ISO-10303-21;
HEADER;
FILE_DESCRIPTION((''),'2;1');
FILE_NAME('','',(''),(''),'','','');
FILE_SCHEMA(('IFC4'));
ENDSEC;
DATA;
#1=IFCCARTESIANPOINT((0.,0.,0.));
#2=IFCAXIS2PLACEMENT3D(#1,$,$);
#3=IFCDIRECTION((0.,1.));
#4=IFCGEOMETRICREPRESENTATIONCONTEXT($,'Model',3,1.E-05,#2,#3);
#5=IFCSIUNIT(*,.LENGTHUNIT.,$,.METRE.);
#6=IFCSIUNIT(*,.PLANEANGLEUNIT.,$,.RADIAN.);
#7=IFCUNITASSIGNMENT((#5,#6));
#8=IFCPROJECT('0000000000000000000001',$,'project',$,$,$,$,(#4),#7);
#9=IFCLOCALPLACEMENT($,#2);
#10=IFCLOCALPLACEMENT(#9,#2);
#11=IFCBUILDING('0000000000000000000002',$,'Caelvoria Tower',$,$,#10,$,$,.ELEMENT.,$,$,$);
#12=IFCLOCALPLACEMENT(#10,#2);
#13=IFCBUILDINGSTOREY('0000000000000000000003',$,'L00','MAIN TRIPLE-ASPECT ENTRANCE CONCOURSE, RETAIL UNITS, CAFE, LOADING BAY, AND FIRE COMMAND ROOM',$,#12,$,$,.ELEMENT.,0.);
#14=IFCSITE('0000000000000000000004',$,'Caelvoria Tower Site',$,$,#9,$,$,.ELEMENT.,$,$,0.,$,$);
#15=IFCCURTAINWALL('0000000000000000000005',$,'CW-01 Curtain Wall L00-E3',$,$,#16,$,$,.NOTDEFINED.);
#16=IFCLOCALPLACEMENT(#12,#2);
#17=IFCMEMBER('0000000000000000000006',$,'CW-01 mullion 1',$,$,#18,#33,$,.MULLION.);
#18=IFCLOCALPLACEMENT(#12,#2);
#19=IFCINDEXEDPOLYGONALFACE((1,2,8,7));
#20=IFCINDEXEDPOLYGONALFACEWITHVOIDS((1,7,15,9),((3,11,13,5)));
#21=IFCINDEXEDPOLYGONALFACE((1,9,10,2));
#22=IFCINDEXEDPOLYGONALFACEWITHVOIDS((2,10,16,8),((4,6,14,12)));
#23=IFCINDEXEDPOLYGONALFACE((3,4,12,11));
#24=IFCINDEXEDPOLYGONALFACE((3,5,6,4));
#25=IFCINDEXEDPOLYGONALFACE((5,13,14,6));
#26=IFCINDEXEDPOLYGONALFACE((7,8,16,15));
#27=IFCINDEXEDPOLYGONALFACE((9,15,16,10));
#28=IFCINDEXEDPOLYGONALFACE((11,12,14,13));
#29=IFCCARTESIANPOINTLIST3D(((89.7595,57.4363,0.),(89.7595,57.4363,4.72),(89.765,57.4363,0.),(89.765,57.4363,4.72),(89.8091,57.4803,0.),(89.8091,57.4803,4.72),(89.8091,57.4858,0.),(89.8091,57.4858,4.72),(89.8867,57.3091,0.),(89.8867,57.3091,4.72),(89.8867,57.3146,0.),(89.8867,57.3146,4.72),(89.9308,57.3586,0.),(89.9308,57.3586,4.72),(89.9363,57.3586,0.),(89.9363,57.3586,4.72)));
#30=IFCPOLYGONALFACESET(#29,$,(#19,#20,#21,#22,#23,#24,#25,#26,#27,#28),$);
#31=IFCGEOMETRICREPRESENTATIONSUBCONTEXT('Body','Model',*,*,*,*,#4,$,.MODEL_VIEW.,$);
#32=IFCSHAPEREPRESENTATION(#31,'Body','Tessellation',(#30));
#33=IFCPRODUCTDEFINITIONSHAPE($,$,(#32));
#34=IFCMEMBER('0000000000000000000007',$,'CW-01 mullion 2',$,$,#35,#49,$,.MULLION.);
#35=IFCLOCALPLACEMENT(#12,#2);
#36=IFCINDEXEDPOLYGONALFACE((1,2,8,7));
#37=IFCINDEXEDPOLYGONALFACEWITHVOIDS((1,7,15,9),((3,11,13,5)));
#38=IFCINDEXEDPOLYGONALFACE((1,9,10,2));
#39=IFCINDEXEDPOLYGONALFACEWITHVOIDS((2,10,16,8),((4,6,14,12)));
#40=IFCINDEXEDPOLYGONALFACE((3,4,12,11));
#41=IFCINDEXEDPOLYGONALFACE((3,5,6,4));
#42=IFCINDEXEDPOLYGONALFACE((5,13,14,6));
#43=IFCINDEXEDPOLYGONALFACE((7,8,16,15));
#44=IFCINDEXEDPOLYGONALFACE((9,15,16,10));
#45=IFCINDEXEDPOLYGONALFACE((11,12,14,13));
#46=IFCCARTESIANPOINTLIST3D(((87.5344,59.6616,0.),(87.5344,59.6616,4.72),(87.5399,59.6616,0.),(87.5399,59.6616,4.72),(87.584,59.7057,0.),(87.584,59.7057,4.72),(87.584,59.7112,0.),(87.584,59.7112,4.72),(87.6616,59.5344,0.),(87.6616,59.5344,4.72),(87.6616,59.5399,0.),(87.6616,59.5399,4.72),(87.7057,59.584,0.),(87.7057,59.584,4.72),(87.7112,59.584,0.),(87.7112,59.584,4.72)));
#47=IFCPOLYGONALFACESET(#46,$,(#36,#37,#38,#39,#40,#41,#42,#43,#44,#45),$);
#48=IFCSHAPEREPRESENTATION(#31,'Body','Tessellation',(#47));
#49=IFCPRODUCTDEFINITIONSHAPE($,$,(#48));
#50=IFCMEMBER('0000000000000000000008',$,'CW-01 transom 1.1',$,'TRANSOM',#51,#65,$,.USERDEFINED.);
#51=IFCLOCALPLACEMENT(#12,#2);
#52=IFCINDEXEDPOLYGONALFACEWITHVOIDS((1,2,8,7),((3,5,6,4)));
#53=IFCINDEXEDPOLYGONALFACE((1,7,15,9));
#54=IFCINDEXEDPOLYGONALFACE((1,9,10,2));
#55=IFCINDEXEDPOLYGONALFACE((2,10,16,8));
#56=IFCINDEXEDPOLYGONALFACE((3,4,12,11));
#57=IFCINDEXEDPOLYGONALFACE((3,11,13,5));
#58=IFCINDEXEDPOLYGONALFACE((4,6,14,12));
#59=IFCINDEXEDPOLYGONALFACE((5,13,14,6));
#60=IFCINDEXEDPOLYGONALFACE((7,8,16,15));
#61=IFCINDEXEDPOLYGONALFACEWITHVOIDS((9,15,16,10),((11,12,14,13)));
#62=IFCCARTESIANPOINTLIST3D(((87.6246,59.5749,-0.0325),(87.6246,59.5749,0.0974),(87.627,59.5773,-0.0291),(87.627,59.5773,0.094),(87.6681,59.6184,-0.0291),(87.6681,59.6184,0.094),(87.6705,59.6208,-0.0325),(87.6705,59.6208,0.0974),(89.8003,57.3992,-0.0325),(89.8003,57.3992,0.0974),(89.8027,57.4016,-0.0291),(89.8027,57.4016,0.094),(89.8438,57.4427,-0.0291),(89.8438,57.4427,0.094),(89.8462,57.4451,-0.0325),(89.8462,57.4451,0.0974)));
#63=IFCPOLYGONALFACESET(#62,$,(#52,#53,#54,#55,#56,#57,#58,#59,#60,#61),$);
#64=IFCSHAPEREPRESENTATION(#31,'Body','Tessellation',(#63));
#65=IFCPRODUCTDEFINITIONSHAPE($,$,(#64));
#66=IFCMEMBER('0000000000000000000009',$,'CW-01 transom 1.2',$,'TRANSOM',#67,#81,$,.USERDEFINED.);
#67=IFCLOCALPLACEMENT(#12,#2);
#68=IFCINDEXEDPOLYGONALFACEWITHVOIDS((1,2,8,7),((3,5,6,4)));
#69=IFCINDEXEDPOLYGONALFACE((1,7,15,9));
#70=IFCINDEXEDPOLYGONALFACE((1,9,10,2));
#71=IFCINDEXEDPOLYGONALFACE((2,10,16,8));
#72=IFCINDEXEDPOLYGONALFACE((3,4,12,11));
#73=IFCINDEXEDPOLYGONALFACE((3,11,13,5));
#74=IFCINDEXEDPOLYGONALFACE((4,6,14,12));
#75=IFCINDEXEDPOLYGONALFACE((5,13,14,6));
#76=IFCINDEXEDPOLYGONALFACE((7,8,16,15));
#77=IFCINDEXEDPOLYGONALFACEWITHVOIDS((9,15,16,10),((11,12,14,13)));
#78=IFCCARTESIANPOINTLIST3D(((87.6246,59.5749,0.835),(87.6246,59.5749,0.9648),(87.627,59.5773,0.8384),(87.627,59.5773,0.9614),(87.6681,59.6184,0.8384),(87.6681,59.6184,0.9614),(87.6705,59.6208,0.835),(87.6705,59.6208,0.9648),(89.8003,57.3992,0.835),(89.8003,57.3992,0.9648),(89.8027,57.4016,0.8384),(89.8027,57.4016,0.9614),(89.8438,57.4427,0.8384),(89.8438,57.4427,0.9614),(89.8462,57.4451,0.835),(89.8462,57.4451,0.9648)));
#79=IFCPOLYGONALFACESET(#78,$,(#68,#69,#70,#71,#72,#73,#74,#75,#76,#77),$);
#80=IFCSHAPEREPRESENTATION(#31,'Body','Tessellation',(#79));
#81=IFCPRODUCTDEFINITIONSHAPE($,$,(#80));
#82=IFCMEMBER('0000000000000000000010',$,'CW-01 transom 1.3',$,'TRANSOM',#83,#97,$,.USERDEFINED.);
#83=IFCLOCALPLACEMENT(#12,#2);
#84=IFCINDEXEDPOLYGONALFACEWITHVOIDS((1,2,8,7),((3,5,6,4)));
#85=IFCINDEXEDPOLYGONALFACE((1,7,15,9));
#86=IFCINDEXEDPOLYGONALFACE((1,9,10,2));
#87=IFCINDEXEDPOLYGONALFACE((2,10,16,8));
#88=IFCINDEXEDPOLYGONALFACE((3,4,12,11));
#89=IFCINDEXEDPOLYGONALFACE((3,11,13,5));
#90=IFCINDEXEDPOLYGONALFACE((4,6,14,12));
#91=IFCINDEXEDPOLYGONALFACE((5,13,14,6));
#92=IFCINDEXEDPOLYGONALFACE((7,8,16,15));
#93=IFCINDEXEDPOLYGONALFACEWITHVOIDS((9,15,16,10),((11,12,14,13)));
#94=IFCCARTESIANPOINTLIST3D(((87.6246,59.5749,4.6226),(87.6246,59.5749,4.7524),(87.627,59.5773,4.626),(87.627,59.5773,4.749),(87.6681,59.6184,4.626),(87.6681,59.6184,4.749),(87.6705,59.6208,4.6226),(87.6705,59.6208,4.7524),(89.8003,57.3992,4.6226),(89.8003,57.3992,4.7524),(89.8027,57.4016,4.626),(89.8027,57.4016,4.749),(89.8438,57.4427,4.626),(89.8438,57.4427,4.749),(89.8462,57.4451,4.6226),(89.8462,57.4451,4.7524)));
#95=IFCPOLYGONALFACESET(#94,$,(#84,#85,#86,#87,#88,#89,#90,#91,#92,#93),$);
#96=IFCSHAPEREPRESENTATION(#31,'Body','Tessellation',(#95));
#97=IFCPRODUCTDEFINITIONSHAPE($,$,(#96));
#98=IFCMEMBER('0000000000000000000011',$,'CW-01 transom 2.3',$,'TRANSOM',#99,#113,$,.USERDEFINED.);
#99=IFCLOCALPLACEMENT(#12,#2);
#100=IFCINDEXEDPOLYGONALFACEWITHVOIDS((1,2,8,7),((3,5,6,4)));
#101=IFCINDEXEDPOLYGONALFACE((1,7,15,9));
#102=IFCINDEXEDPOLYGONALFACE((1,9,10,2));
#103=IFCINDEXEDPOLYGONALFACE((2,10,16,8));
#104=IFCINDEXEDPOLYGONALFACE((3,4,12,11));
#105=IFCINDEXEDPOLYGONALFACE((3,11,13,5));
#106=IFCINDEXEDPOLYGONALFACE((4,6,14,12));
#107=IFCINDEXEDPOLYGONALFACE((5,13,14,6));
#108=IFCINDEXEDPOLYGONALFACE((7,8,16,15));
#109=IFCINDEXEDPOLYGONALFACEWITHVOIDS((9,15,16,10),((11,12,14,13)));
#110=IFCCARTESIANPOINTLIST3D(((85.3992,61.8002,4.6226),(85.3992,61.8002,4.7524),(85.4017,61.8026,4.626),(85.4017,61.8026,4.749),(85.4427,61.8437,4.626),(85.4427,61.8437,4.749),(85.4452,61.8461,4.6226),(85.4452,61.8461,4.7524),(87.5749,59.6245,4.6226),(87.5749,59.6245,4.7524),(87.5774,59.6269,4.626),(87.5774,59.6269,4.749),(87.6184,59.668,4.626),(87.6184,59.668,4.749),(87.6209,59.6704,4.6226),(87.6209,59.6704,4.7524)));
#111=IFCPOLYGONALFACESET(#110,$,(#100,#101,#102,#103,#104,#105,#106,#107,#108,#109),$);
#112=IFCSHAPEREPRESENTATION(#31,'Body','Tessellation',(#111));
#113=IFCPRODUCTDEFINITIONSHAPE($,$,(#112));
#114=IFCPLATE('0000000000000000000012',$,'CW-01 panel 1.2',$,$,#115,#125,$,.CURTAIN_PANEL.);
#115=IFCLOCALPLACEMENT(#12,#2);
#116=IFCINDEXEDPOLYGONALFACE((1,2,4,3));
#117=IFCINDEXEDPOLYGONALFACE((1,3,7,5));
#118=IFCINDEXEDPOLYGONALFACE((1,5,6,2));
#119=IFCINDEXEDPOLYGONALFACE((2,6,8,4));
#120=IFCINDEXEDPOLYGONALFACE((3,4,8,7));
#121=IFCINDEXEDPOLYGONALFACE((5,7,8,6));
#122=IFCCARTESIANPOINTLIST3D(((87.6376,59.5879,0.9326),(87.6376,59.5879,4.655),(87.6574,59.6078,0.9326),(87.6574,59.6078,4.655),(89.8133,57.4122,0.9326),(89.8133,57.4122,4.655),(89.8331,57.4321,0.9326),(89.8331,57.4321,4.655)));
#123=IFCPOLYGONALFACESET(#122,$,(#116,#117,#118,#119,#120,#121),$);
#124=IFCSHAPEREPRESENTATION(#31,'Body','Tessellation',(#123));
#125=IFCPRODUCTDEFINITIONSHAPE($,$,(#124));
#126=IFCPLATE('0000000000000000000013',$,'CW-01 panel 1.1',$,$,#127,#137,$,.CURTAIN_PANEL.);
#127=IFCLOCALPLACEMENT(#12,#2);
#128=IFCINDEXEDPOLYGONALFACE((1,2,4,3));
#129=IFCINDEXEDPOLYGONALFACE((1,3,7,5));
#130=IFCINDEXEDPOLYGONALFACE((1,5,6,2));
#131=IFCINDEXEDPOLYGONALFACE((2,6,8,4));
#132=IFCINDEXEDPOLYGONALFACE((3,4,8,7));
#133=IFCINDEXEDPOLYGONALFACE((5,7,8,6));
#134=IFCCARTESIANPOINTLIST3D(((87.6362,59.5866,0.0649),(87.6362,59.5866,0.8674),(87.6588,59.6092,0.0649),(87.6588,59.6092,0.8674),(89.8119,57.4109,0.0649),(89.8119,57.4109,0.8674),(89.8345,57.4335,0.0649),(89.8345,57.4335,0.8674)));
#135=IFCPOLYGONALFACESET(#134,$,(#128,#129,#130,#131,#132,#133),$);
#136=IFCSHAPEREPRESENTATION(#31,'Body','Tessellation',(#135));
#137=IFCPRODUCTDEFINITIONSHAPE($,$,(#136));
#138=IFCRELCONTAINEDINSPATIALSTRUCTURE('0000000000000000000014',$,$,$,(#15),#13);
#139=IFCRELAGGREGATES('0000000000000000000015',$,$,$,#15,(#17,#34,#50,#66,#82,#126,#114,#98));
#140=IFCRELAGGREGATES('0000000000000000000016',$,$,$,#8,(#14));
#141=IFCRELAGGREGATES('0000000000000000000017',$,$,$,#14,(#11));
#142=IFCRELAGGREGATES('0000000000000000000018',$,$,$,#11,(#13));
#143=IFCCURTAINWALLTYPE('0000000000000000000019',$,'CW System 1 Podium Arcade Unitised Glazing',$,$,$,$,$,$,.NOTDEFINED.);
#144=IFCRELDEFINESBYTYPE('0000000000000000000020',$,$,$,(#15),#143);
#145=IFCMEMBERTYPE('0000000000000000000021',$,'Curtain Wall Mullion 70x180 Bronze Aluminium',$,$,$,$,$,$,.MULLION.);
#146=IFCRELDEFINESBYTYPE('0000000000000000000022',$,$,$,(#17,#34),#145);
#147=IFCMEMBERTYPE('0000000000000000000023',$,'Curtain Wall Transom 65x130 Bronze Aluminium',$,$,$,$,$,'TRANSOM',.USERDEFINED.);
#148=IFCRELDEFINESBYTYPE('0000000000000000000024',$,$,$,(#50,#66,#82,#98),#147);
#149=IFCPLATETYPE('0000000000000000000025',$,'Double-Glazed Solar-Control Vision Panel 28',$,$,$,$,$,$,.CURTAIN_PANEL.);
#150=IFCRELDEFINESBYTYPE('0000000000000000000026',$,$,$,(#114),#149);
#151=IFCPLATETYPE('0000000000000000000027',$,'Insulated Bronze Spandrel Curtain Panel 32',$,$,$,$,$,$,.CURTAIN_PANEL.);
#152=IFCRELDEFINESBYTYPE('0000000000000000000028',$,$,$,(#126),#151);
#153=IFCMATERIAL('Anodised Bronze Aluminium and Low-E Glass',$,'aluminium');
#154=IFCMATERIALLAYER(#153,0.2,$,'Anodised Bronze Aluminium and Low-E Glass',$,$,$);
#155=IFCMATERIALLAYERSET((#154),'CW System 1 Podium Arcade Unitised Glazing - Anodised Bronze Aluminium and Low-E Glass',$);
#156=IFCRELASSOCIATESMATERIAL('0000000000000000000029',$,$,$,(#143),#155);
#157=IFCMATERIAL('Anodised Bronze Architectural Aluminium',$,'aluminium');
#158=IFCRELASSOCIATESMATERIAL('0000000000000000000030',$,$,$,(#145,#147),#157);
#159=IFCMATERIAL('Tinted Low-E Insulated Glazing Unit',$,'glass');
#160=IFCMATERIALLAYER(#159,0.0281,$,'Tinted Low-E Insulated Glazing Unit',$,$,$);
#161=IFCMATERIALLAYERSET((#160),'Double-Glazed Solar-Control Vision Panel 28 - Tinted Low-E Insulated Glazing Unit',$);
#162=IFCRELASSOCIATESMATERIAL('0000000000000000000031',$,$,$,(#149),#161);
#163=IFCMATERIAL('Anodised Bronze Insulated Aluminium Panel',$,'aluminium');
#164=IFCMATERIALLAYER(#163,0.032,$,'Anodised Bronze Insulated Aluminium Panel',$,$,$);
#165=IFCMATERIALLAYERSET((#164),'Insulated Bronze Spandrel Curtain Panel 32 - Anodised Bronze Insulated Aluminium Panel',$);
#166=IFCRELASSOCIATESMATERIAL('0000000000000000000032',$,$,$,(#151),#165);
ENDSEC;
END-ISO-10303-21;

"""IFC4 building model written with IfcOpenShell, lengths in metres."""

from ifc_helpers import new_model, si_unit, direction, frame, origin, origin_2d, place, context, subcontext, project, spatial, rectangle, hollow_rectangle, extrude, material, layer, layer_set, material_profile, profile_set, type_object, element, aggregate, save


model = new_model("IFC4")

# Units and contexts
model_context = context("Model", 3, precision=1e-05, world=origin(), true_north=direction((0.0, 1.0)))
body_context = subcontext(model_context, "Body", "Model", "MODEL_VIEW")
ifc_project = project(units=[si_unit("LENGTHUNIT", "METRE"), si_unit("PLANEANGLEUNIT", "RADIAN")], contexts=[model_context])

# Site, building, storey
site_placement = place(None, origin())
site = spatial("IfcSite", under=ifc_project, at=site_placement, Name="Caelvoria Tower Site", CompositionType="ELEMENT", RefElevation=0.0)
building_placement = place(site_placement, origin())
building = spatial("IfcBuilding", under=site, at=building_placement, Name="Caelvoria Tower", CompositionType="ELEMENT")
storey_placement = place(building_placement, origin())
storey = spatial("IfcBuildingStorey", under=building, at=storey_placement, Name="L00", Description="MAIN TRIPLE-ASPECT ENTRANCE CONCOURSE, RETAIL UNITS, CAFE, LOADING BAY, AND FIRE COMMAND ROOM", CompositionType="ELEMENT", Elevation=0.0)

# Curtain wall, members, plates
ifc_material_1 = material(Name="Anodised Bronze Aluminium and Low-E Glass", Category="aluminium")
ifc_layer_1 = layer(ifc_material_1, 0.2, Name="Anodised Bronze Aluminium and Low-E Glass")
ifc_layer_set_1 = layer_set([ifc_layer_1], Name="CW System 1 Podium Arcade Unitised Glazing - Anodised Bronze Aluminium and Low-E Glass")
curtain_wall_type = type_object("IfcCurtainWallType", Name="CW System 1 Podium Arcade Unitised Glazing", PredefinedType="NOTDEFINED", material=ifc_layer_set_1)
curtain_wall_placement = place(storey_placement, origin())
curtain_wall = element("IfcCurtainWall", 1, at=curtain_wall_placement, inside=storey, type_object=curtain_wall_type, Name="CW-01 Curtain Wall L00-E3", PredefinedType="NOTDEFINED")
ifc_material_2 = material(Name="Anodised Bronze Architectural Aluminium", Category="aluminium")
ifc_material_profile_1 = material_profile(ifc_material_2, hollow_rectangle(XDim=0.0701, YDim=0.1799, WallThickness=0.0039, at=origin_2d()), Name="Anodised Bronze Architectural Aluminium")
ifc_profile_set_1 = profile_set([ifc_material_profile_1], Name="CW_MULL_70X180 - Anodised Bronze Architectural Aluminium")
member_type_1 = type_object("IfcMemberType", Name="Curtain Wall Mullion 70x180 Bronze Aluminium", PredefinedType="MULLION", material=ifc_profile_set_1)
member_1_placement = place(storey_placement, frame((89.8479, 57.3975, 0.0), z_axis=(0.0, 0.0, 1.0), x_axis=(-0.707107, -0.707107, 0.0)))
member_1 = element("IfcMember", 2, at=member_1_placement, type_object=member_type_1, Name="CW-01 mullion 1", PredefinedType="MULLION", context=body_context, shape_type="SweptSolid", body=[
    extrude(hollow_rectangle(XDim=0.0701, YDim=0.1799, WallThickness=0.0039, at=origin_2d()), origin(), (0.0, 0.0, 1.0), 4.72),
])
member_2_placement = place(storey_placement, frame((87.6228, 59.6228, 0.0), z_axis=(0.0, 0.0, 1.0), x_axis=(-0.707107, -0.707107, 0.0)))
member_2 = element("IfcMember", 3, at=member_2_placement, type_object=member_type_1, Name="CW-01 mullion 2", PredefinedType="MULLION", context=body_context, shape_type="SweptSolid", body=[
    extrude(hollow_rectangle(XDim=0.0701, YDim=0.1799, WallThickness=0.0039, at=origin_2d()), origin(), (0.0, 0.0, 1.0), 4.72),
])
ifc_material_profile_2 = material_profile(ifc_material_2, hollow_rectangle(XDim=0.0649, YDim=0.1299, WallThickness=0.0034, at=origin_2d()), Name="Anodised Bronze Architectural Aluminium")
ifc_profile_set_2 = profile_set([ifc_material_profile_2], Name="CW_TRAN_65X130 - Anodised Bronze Architectural Aluminium")
member_type_2 = type_object("IfcMemberType", Name="Curtain Wall Transom 65x130 Bronze Aluminium", ElementType="TRANSOM", PredefinedType="USERDEFINED", material=ifc_profile_set_2)
member_3_placement = place(storey_placement, frame((89.8232, 57.4221, 0.0325), z_axis=(-0.707107, 0.707107, 0.0), x_axis=(-0.707107, -0.707107, 0.0)))
member_3 = element("IfcMember", 4, at=member_3_placement, type_object=member_type_2, Name="CW-01 transom 1.1", ObjectType="TRANSOM", PredefinedType="USERDEFINED", context=body_context, shape_type="SweptSolid", body=[
    extrude(hollow_rectangle(XDim=0.0649, YDim=0.1299, WallThickness=0.0034, at=origin_2d()), origin(), (0.0, 0.0, 1.0), 3.0769),
])
member_4_placement = place(storey_placement, frame((89.8232, 57.4221, 0.8999), z_axis=(-0.707107, 0.707107, 0.0), x_axis=(-0.707107, -0.707107, 0.0)))
member_4 = element("IfcMember", 5, at=member_4_placement, type_object=member_type_2, Name="CW-01 transom 1.2", ObjectType="TRANSOM", PredefinedType="USERDEFINED", context=body_context, shape_type="SweptSolid", body=[
    extrude(hollow_rectangle(XDim=0.0649, YDim=0.1299, WallThickness=0.0034, at=origin_2d()), origin(), (0.0, 0.0, 1.0), 3.0769),
])
member_5_placement = place(storey_placement, frame((89.8232, 57.4221, 4.6875), z_axis=(-0.707107, 0.707107, 0.0), x_axis=(-0.707107, -0.707107, 0.0)))
member_5 = element("IfcMember", 6, at=member_5_placement, type_object=member_type_2, Name="CW-01 transom 1.3", ObjectType="TRANSOM", PredefinedType="USERDEFINED", context=body_context, shape_type="SweptSolid", body=[
    extrude(hollow_rectangle(XDim=0.0649, YDim=0.1299, WallThickness=0.0034, at=origin_2d()), origin(), (0.0, 0.0, 1.0), 3.0769),
])
member_6_placement = place(storey_placement, frame((87.5979, 59.6475, 4.6875), z_axis=(-0.707107, 0.707107, 0.0), x_axis=(-0.707107, -0.707107, 0.0)))
member_6 = element("IfcMember", 7, at=member_6_placement, type_object=member_type_2, Name="CW-01 transom 2.3", ObjectType="TRANSOM", PredefinedType="USERDEFINED", context=body_context, shape_type="SweptSolid", body=[
    extrude(hollow_rectangle(XDim=0.0649, YDim=0.1299, WallThickness=0.0034, at=origin_2d()), origin(), (0.0, 0.0, 1.0), 3.0769),
])
ifc_material_3 = material(Name="Tinted Low-E Insulated Glazing Unit", Category="glass")
ifc_layer_2 = layer(ifc_material_3, 0.0281, Name="Tinted Low-E Insulated Glazing Unit")
ifc_layer_set_2 = layer_set([ifc_layer_2], Name="Double-Glazed Solar-Control Vision Panel 28 - Tinted Low-E Insulated Glazing Unit")
plate_type_1 = type_object("IfcPlateType", Name="Double-Glazed Solar-Control Vision Panel 28", PredefinedType="CURTAIN_PANEL", material=ifc_layer_set_2)
plate_1_placement = place(storey_placement, frame((88.7354, 58.51, 0.9326), z_axis=(0.0, 0.0, 1.0), x_axis=(-0.707107, 0.707107, 0.0)))
plate_1 = element("IfcPlate", 8, at=plate_1_placement, type_object=plate_type_1, Name="CW-01 panel 1.2", PredefinedType="CURTAIN_PANEL", context=body_context, shape_type="SweptSolid", body=[
    extrude(rectangle(XDim=3.0769, YDim=0.0281, at=origin_2d()), origin(), (0.0, 0.0, 1.0), 3.7224),
])
ifc_material_4 = material(Name="Anodised Bronze Insulated Aluminium Panel", Category="aluminium")
ifc_layer_3 = layer(ifc_material_4, 0.032, Name="Anodised Bronze Insulated Aluminium Panel")
ifc_layer_set_3 = layer_set([ifc_layer_3], Name="Insulated Bronze Spandrel Curtain Panel 32 - Anodised Bronze Insulated Aluminium Panel")
plate_type_2 = type_object("IfcPlateType", Name="Insulated Bronze Spandrel Curtain Panel 32", PredefinedType="CURTAIN_PANEL", material=ifc_layer_set_3)
plate_2_placement = place(storey_placement, frame((88.7354, 58.51, 0.0649), z_axis=(0.0, 0.0, 1.0), x_axis=(-0.707107, 0.707107, 0.0)))
plate_2 = element("IfcPlate", 9, at=plate_2_placement, type_object=plate_type_2, Name="CW-01 panel 1.1", PredefinedType="CURTAIN_PANEL", context=body_context, shape_type="SweptSolid", body=[
    extrude(rectangle(XDim=3.0769, YDim=0.032, at=origin_2d()), origin(), (0.0, 0.0, 1.0), 0.8025),
])
aggregate(curtain_wall, [member_1, member_2, member_3, member_4, member_5, plate_2, plate_1, member_6])

save(model, "model.ifc")
